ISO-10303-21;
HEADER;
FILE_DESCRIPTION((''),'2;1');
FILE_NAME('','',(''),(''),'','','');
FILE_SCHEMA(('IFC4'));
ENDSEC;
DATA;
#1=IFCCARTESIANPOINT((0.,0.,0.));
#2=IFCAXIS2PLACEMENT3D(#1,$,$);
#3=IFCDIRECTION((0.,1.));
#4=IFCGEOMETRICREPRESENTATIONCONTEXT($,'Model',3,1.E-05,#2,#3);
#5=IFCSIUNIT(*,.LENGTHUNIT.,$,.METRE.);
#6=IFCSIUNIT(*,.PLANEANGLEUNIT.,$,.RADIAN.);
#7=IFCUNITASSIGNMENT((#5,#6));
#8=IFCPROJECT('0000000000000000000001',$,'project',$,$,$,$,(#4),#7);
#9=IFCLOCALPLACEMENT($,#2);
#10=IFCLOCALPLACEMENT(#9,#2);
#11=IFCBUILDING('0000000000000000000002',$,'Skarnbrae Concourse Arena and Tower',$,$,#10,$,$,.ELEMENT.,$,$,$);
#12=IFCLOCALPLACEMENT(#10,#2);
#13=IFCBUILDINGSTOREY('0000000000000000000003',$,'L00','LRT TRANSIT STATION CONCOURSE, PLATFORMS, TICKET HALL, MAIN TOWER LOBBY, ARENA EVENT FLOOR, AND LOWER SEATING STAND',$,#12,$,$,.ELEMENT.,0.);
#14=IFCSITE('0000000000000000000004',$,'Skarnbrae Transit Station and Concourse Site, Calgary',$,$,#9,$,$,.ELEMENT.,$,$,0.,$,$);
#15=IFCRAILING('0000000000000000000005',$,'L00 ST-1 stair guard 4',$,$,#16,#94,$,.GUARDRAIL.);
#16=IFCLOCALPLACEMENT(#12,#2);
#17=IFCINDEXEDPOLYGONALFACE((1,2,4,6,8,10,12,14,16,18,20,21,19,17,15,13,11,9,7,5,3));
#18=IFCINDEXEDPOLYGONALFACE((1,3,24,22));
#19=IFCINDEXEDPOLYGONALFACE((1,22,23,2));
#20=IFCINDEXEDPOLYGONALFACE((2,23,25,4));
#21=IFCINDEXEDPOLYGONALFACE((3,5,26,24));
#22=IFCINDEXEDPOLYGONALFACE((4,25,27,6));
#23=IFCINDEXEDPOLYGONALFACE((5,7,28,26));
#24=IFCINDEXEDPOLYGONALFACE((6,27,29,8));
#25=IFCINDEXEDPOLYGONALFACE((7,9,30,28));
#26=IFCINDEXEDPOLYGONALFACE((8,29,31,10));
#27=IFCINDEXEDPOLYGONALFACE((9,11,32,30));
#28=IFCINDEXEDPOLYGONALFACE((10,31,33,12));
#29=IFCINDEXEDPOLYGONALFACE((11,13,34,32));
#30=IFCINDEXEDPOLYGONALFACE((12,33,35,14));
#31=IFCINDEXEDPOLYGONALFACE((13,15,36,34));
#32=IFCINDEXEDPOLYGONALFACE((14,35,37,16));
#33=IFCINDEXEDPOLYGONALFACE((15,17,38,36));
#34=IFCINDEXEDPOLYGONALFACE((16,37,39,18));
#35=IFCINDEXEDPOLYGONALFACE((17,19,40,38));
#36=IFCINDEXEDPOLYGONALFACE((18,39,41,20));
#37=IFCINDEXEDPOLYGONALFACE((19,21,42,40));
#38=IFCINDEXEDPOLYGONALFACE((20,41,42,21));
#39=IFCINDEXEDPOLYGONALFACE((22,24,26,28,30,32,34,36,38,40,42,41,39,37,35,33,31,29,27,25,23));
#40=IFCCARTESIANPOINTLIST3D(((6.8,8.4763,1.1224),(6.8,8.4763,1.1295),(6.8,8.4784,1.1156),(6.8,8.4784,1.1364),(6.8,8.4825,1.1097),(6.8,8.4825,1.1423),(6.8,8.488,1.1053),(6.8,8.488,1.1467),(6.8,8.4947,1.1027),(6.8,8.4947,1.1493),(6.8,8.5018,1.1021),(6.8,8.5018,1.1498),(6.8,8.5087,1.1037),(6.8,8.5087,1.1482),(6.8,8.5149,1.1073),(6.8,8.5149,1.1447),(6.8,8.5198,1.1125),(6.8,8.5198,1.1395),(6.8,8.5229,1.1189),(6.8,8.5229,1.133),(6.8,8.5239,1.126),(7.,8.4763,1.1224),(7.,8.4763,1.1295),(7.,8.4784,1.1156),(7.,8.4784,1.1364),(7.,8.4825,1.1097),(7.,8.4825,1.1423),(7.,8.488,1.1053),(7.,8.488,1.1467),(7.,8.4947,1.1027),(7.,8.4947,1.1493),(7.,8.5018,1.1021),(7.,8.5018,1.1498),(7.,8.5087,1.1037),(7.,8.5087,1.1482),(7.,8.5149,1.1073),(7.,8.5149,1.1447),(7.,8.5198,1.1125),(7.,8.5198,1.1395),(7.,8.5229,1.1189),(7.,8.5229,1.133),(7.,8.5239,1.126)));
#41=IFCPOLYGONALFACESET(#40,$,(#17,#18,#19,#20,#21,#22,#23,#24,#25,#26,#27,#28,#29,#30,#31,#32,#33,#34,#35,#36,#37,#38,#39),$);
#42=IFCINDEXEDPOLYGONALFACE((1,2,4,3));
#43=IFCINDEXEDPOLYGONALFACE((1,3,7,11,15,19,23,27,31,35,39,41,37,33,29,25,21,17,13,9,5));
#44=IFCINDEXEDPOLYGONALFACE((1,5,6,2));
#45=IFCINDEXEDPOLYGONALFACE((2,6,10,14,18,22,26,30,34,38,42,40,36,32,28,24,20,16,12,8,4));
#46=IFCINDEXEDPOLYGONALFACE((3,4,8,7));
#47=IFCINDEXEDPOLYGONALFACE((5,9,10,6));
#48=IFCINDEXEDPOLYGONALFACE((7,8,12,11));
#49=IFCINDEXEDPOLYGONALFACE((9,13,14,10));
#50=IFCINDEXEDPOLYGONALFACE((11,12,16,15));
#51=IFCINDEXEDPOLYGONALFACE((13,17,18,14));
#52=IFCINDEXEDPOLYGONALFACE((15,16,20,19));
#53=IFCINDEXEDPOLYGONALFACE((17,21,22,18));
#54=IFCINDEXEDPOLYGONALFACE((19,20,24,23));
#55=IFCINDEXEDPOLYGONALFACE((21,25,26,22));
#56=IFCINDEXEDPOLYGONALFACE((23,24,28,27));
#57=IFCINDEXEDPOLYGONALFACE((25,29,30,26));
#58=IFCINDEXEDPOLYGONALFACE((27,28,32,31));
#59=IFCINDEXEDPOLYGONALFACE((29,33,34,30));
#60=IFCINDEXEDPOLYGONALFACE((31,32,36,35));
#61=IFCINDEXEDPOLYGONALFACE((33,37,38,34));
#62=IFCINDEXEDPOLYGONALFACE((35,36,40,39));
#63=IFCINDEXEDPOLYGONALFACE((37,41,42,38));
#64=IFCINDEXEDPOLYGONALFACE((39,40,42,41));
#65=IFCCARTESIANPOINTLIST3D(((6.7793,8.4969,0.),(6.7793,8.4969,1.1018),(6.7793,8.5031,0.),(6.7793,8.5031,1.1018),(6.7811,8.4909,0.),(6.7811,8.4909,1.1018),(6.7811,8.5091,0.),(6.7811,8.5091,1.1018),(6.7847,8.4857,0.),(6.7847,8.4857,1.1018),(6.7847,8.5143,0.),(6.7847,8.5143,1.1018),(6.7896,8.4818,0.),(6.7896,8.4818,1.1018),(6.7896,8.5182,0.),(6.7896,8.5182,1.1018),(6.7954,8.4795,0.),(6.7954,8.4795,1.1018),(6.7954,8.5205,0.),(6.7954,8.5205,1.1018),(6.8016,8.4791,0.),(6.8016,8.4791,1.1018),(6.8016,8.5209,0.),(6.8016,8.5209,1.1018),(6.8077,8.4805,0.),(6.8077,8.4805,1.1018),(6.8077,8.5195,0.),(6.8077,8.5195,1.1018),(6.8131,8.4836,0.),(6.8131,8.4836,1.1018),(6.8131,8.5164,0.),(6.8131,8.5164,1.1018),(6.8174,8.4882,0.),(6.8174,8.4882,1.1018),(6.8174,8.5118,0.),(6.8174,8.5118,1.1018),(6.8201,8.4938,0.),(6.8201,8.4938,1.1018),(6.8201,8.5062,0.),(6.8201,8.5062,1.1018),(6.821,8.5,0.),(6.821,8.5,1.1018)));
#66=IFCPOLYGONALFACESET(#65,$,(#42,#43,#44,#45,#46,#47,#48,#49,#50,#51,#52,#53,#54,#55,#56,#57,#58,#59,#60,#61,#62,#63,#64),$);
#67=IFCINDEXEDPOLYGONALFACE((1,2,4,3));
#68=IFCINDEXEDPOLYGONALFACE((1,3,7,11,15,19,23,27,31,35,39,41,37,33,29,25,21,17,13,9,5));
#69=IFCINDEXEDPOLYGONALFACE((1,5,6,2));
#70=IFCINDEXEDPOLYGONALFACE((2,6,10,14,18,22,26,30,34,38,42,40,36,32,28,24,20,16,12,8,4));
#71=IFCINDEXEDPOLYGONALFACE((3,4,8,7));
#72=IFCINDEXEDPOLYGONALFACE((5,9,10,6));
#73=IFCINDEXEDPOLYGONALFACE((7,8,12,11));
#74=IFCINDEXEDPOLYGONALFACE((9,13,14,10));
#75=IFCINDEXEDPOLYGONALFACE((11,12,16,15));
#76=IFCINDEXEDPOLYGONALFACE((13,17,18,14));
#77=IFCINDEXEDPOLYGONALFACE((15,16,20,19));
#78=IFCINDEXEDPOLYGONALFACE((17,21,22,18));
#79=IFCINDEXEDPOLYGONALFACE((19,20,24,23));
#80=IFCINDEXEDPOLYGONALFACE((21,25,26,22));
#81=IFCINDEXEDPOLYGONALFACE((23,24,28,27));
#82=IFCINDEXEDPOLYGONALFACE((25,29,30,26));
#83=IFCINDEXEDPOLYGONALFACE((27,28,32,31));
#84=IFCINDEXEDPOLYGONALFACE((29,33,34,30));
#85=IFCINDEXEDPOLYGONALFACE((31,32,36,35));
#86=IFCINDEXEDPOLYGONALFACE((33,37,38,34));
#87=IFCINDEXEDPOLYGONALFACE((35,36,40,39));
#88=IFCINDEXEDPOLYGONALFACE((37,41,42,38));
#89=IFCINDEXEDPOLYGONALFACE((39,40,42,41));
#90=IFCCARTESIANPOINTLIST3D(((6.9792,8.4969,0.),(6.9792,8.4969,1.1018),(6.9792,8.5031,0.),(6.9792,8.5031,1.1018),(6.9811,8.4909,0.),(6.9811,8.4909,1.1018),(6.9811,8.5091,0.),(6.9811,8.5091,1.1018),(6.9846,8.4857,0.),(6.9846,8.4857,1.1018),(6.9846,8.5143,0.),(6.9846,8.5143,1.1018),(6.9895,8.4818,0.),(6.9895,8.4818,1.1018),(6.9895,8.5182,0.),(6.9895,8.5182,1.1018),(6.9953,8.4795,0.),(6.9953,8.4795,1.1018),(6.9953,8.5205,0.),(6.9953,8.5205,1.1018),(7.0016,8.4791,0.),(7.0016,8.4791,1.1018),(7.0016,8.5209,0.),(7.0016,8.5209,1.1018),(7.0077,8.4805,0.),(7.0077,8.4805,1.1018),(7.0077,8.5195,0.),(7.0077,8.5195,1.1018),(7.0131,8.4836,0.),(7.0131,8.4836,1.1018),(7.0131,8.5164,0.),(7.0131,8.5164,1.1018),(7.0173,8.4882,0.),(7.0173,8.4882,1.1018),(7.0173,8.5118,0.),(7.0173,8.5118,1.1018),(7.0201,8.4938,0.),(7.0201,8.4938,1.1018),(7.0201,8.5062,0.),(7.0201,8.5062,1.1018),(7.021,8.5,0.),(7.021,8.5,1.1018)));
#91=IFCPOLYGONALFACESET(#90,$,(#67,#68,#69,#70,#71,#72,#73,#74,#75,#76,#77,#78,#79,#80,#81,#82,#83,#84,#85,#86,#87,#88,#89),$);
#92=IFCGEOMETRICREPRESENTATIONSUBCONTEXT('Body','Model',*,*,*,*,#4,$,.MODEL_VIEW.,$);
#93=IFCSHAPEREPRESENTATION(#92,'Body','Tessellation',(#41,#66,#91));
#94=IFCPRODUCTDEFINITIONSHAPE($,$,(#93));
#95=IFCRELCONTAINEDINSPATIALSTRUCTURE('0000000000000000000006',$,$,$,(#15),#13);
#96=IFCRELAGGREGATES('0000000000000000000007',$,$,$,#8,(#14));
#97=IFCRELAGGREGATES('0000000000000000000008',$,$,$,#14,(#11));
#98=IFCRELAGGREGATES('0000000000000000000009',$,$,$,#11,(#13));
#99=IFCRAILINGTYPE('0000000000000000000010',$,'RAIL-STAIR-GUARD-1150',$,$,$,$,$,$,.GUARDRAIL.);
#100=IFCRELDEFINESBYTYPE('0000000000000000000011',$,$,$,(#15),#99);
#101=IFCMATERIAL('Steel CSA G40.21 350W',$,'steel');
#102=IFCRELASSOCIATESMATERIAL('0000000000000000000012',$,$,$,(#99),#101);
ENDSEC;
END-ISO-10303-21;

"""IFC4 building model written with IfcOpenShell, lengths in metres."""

from ifc_helpers import new_model, si_unit, direction, frame, origin, origin_2d, place, context, subcontext, project, spatial, circle, extrude, material, type_object, element, save


model = new_model("IFC4")

# Units and contexts
model_context = context("Model", 3, precision=1e-05, world=origin(), true_north=direction((0.0, 1.0)))
body_context = subcontext(model_context, "Body", "Model", "MODEL_VIEW")
ifc_project = project(units=[si_unit("LENGTHUNIT", "METRE"), si_unit("PLANEANGLEUNIT", "RADIAN")], contexts=[model_context])

# Site, building, storey
site_placement = place(None, origin())
site = spatial("IfcSite", under=ifc_project, at=site_placement, Name="Skarnbrae Transit Station and Concourse Site, Calgary", CompositionType="ELEMENT", RefElevation=0.0)
building_placement = place(site_placement, origin())
building = spatial("IfcBuilding", under=site, at=building_placement, Name="Skarnbrae Concourse Arena and Tower", CompositionType="ELEMENT")
storey_placement = place(building_placement, origin())
storey = spatial("IfcBuildingStorey", under=building, at=storey_placement, Name="L00", Description="LRT TRANSIT STATION CONCOURSE, PLATFORMS, TICKET HALL, MAIN TOWER LOBBY, ARENA EVENT FLOOR, AND LOWER SEATING STAND", CompositionType="ELEMENT", Elevation=0.0)

# Shared definitions
ifc_material_1 = material(Name="Steel CSA G40.21 350W", Category="steel")

# Railing
railing_type_1 = type_object("IfcRailingType", Name="RAIL-STAIR-GUARD-1150", PredefinedType="GUARDRAIL", material=ifc_material_1)
railing_1_placement = place(storey_placement, frame((6.8, 8.5, 0.0)))
element("IfcRailing", 1, at=railing_1_placement, inside=storey, type_object=railing_type_1, Name="L00 ST-1 stair guard 4", PredefinedType="GUARDRAIL", context=body_context, shape_type="SweptSolid", body=[
    extrude(circle(Radius=0.0239, at=origin_2d()), frame((0.0, 0.0, 1.126), z_axis=(1.0, 0.0, 0.0), x_axis=(0.0, 1.0, 0.0)), (0.0, 0.0, 1.0), 0.2),
    extrude(circle(Radius=0.021, at=origin_2d()), origin(), (0.0, 0.0, 1.0), 1.1018),
    extrude(circle(Radius=0.021, at=origin_2d()), frame((0.2, 0.0, 0.0)), (0.0, 0.0, 1.0), 1.1018),
])

save(model, "model.ifc")
